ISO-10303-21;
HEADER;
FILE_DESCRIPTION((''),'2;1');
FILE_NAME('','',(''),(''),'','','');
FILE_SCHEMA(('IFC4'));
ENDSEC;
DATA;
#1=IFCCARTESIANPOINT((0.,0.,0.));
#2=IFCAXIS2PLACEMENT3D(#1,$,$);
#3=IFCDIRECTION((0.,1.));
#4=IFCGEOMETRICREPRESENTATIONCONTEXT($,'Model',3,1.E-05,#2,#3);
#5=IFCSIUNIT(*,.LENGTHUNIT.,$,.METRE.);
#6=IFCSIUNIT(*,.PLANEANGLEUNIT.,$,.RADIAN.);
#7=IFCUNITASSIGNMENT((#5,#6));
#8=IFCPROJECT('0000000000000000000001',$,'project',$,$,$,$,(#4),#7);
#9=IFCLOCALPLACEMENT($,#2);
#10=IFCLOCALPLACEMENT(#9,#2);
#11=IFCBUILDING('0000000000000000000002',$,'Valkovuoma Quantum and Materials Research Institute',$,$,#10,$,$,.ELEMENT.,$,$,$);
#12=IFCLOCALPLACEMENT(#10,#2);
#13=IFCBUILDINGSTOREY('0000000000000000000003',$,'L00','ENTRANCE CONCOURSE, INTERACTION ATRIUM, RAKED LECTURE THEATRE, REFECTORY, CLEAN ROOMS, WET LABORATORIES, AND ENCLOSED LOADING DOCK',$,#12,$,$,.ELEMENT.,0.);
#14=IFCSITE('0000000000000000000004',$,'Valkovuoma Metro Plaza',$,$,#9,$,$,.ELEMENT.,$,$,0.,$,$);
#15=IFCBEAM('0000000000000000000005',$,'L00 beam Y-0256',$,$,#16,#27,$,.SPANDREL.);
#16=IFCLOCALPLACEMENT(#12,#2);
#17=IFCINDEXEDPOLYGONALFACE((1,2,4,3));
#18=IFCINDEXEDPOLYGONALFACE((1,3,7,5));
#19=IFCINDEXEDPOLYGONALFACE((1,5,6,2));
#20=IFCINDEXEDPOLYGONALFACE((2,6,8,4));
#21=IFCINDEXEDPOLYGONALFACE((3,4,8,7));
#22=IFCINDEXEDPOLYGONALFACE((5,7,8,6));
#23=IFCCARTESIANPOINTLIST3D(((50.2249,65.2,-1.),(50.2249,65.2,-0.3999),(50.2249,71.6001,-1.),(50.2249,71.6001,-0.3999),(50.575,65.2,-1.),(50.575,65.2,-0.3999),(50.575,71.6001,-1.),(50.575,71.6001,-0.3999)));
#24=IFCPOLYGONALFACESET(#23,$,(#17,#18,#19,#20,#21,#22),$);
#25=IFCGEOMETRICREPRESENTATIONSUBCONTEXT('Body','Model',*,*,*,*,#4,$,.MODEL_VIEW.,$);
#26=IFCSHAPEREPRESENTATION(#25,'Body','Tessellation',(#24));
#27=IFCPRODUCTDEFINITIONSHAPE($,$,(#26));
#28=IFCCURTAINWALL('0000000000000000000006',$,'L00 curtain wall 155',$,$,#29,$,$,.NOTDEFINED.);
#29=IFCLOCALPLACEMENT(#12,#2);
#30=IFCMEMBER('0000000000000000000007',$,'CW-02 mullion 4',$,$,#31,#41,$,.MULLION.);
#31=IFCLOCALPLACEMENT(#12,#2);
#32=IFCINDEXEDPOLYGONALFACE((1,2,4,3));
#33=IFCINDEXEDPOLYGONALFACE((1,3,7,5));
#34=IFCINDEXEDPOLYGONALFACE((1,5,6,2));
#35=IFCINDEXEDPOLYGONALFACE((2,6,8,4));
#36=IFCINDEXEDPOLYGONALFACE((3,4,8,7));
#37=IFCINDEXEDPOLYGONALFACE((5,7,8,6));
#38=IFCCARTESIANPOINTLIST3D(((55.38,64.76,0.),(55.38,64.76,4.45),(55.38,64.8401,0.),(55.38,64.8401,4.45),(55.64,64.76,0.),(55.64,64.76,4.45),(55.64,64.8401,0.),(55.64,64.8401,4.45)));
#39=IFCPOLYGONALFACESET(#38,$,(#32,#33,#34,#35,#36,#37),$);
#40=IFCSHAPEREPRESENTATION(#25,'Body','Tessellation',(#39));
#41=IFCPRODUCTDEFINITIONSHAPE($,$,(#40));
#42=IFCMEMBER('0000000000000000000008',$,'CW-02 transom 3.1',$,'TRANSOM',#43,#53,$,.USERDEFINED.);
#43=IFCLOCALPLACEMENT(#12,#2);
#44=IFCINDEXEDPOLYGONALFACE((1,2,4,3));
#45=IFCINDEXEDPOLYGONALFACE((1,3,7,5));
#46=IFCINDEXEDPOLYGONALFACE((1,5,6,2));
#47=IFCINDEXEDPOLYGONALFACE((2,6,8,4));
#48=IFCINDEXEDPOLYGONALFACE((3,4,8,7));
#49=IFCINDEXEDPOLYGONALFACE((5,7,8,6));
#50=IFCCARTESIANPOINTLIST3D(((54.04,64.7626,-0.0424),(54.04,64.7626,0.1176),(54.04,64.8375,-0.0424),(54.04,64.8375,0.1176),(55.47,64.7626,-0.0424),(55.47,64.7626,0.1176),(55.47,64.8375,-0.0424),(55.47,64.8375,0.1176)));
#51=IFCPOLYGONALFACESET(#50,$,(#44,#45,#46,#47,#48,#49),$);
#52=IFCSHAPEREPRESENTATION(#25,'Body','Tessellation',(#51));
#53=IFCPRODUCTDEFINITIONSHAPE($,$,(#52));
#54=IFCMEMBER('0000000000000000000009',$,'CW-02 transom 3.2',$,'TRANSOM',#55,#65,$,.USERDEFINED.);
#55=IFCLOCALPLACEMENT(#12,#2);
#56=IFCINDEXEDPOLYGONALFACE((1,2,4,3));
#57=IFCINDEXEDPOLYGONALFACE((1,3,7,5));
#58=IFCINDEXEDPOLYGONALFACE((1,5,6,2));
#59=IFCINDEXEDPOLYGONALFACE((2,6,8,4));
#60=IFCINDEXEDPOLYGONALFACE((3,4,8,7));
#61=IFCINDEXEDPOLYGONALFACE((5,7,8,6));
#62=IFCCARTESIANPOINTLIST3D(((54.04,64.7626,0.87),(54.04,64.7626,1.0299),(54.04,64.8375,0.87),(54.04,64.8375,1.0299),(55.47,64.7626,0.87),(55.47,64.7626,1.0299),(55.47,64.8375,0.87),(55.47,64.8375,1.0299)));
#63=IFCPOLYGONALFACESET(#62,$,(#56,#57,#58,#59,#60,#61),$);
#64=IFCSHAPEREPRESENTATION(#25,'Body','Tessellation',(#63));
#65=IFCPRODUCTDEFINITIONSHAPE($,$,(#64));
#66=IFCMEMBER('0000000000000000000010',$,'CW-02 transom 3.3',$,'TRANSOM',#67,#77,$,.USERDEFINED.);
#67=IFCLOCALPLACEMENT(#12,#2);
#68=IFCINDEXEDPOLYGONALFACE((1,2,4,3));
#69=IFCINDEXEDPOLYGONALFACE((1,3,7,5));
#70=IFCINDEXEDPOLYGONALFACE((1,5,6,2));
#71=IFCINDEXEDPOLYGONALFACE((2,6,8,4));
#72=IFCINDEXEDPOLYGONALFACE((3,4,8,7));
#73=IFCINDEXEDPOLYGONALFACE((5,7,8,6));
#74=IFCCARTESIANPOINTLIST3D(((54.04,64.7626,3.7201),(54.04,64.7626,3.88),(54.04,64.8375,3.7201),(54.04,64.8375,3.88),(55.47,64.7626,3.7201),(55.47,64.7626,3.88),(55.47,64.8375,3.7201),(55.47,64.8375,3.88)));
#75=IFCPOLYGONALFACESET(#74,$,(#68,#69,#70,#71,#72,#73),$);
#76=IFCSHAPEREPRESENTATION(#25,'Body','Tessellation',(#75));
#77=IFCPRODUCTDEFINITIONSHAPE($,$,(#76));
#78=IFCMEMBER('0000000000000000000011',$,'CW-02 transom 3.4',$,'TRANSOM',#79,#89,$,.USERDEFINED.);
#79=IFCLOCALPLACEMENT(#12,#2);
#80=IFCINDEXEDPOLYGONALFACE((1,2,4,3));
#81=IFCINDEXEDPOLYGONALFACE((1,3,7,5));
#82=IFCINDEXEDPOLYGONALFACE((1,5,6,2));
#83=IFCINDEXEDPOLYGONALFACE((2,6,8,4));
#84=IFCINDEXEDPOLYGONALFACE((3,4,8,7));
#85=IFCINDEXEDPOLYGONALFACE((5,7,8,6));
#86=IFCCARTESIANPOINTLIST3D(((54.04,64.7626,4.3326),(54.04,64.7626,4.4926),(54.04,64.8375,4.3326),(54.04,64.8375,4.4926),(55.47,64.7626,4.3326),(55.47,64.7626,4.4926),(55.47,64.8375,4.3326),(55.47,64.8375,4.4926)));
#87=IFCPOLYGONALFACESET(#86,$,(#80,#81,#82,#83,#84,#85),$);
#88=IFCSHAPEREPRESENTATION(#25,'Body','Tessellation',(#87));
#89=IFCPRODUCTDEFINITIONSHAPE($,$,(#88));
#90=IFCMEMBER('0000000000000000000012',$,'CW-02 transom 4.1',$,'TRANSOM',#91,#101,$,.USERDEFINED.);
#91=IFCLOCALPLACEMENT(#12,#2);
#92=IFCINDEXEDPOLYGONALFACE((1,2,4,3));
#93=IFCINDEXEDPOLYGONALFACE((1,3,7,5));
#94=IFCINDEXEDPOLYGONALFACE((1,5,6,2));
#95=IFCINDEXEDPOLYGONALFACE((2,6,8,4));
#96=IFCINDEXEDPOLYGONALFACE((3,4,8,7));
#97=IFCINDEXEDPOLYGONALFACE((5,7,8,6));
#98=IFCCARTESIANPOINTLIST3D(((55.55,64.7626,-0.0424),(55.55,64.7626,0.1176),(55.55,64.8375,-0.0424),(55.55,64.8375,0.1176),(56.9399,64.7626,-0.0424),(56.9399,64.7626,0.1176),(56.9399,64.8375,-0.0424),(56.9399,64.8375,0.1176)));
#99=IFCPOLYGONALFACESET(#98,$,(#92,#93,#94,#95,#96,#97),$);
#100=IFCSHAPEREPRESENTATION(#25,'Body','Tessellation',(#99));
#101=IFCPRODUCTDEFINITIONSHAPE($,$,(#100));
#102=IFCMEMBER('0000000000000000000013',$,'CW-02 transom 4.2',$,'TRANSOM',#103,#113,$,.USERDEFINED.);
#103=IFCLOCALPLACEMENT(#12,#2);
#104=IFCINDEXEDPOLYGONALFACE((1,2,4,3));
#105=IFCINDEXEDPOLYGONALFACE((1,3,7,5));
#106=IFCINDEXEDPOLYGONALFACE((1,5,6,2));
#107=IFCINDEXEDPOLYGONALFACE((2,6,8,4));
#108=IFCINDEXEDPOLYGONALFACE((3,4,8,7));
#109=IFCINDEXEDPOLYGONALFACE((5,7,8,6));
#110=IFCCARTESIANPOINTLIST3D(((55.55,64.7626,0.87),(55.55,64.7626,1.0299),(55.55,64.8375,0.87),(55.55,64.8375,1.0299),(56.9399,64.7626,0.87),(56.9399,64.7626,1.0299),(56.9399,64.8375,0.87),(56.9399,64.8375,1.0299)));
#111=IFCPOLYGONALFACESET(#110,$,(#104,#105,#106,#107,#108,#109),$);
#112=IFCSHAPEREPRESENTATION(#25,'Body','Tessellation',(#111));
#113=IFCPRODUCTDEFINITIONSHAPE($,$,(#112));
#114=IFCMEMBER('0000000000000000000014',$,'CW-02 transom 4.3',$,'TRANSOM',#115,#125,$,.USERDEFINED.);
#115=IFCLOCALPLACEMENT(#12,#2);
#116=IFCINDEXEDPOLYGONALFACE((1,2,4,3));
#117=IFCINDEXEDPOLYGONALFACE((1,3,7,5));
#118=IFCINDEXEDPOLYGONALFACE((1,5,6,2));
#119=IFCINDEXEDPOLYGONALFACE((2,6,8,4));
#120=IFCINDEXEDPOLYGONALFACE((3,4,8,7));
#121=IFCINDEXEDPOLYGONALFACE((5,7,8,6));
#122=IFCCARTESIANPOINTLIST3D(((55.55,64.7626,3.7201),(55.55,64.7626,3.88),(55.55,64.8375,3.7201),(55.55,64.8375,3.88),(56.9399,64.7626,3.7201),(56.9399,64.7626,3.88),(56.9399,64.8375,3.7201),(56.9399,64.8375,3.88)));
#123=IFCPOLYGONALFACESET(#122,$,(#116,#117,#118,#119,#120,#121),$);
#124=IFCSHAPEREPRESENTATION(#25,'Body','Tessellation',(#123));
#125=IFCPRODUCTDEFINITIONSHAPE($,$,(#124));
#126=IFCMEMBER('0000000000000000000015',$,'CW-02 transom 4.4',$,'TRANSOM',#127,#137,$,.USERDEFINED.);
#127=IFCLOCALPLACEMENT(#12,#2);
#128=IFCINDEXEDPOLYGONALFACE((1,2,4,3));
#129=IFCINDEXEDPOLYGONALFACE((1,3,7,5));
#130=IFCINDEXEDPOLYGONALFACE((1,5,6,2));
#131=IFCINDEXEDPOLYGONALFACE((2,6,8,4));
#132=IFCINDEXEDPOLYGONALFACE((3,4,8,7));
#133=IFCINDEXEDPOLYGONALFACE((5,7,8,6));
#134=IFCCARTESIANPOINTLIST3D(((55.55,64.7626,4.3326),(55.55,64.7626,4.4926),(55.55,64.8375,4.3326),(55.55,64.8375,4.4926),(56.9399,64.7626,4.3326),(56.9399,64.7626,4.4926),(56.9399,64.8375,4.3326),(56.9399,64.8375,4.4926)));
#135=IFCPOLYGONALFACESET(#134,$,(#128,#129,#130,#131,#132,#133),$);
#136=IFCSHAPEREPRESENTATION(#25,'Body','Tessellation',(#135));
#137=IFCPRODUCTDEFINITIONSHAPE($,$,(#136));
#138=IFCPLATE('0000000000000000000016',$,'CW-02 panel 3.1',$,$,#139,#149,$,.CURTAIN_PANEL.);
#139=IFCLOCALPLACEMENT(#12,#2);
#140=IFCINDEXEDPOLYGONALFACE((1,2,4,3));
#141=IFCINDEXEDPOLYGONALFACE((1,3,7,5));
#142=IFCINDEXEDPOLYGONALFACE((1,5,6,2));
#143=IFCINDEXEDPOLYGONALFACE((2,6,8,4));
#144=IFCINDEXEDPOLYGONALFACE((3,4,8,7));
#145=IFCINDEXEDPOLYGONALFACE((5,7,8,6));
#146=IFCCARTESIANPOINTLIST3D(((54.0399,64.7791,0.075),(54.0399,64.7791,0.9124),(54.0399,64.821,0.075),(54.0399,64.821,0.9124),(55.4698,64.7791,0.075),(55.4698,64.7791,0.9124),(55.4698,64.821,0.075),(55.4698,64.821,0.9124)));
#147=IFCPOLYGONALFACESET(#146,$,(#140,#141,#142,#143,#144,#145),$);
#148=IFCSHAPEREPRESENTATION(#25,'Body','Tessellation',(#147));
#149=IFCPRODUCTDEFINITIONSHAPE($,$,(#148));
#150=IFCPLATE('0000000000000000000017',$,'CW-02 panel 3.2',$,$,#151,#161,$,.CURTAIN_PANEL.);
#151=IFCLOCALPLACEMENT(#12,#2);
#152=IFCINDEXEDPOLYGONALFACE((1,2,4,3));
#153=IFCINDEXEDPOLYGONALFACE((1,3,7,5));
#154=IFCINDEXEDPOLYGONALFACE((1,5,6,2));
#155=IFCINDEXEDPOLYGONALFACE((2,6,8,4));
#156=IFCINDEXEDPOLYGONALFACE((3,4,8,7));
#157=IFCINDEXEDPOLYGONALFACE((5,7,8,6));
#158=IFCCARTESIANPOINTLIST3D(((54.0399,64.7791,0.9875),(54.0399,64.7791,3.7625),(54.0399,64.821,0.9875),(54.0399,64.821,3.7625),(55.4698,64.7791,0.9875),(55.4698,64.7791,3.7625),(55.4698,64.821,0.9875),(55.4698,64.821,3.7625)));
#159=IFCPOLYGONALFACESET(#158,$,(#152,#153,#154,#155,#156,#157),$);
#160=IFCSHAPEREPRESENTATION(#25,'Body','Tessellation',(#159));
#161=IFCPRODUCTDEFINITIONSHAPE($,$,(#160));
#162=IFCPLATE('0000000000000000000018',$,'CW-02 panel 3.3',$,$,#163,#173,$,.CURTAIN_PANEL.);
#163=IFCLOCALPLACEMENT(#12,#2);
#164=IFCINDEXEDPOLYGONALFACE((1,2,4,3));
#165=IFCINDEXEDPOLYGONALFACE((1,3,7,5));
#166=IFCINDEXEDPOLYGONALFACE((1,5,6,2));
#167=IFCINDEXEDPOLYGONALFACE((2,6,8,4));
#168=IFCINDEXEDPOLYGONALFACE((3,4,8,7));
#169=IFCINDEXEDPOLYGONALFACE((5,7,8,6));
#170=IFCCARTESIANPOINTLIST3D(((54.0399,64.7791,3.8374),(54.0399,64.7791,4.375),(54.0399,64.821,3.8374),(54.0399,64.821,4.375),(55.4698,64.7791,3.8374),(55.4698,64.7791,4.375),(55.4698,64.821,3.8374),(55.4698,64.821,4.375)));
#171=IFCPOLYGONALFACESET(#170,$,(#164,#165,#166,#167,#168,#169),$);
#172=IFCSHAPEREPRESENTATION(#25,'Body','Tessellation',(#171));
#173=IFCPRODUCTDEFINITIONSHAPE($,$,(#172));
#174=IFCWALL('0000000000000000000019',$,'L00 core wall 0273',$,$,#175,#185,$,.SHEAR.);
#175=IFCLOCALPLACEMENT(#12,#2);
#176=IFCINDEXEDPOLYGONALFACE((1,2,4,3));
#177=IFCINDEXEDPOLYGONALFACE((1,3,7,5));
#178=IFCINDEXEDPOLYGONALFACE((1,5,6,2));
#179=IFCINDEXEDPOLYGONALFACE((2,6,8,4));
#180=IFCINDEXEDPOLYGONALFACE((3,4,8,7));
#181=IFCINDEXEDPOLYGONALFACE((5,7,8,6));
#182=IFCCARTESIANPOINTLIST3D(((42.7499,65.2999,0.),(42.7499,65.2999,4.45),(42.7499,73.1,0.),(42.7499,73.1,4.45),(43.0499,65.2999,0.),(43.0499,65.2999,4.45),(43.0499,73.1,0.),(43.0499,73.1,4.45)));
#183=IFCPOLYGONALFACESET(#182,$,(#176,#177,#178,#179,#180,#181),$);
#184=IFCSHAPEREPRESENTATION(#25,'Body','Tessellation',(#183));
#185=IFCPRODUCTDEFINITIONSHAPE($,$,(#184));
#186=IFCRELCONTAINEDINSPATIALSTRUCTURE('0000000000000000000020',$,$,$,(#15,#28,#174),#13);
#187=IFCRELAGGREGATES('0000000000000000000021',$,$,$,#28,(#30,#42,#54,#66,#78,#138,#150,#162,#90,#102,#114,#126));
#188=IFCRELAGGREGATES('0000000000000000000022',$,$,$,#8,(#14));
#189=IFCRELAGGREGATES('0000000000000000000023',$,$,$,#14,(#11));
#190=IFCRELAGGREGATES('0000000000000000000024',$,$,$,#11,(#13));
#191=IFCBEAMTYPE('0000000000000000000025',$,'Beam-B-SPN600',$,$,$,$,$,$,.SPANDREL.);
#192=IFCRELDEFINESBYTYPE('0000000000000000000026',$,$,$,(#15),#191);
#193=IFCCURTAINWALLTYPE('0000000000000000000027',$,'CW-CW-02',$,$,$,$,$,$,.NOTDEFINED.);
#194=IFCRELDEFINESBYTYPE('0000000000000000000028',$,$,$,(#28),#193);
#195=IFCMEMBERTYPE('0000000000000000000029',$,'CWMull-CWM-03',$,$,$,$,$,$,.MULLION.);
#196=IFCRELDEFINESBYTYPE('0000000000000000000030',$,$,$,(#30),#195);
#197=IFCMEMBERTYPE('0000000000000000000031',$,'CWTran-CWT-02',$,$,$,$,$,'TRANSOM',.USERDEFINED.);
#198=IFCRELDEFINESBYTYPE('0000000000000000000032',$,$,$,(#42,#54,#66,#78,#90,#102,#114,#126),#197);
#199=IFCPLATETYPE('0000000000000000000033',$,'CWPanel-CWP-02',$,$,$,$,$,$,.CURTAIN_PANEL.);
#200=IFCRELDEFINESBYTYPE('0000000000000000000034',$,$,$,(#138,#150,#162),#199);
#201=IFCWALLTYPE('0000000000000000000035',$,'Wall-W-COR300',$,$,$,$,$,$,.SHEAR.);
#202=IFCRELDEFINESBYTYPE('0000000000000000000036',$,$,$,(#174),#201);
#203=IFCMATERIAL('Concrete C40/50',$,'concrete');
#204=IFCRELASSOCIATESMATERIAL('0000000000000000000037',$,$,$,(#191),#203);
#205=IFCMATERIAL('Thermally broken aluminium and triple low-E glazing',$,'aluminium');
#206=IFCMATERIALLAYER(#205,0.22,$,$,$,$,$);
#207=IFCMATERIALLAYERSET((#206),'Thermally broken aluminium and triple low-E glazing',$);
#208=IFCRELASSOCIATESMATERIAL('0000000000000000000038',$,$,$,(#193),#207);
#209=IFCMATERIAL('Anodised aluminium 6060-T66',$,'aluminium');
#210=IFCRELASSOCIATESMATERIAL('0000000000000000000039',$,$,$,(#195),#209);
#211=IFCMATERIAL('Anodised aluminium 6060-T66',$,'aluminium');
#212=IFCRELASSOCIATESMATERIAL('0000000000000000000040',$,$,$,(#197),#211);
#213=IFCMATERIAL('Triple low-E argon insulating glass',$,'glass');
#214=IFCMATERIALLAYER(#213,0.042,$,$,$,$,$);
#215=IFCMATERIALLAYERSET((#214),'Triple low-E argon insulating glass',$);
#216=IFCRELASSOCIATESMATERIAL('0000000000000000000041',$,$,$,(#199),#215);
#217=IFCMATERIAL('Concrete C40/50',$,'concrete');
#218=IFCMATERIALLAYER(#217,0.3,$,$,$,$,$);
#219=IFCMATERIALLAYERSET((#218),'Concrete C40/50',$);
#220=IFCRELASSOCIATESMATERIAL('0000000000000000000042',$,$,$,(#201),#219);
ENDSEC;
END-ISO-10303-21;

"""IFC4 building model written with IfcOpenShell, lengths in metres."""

from ifc_helpers import new_model, si_unit, direction, frame, frame_2d, origin, origin_2d, place, context, subcontext, project, spatial, rectangle, extrude, material, layer, layer_set, material_profile, profile_set, type_object, element, aggregate, save


model = new_model("IFC4")

# Units and contexts
model_context = context("Model", 3, precision=1e-05, world=origin(), true_north=direction((0.0, 1.0)))
body_context = subcontext(model_context, "Body", "Model", "MODEL_VIEW")
ifc_project = project(units=[si_unit("LENGTHUNIT", "METRE"), si_unit("PLANEANGLEUNIT", "RADIAN")], contexts=[model_context])

# Site, building, storey
site_placement = place(None, origin())
site = spatial("IfcSite", under=ifc_project, at=site_placement, Name="Valkovuoma Metro Plaza", CompositionType="ELEMENT", RefElevation=0.0)
building_placement = place(site_placement, origin())
building = spatial("IfcBuilding", under=site, at=building_placement, Name="Valkovuoma Quantum and Materials Research Institute", CompositionType="ELEMENT")
storey_placement = place(building_placement, origin())
storey = spatial("IfcBuildingStorey", under=building, at=storey_placement, Name="L00", Description="ENTRANCE CONCOURSE, INTERACTION ATRIUM, RAKED LECTURE THEATRE, REFECTORY, CLEAN ROOMS, WET LABORATORIES, AND ENCLOSED LOADING DOCK", CompositionType="ELEMENT", Elevation=0.0)

# Beam
ifc_material_1 = material(Name="Concrete C40/50", Category="concrete")
ifc_material_profile_1 = material_profile(ifc_material_1, rectangle(XDim=0.3501, YDim=0.6001, at=origin_2d()), Name="Concrete C40/50")
ifc_profile_set_1 = profile_set([ifc_material_profile_1], Name="Concrete C40/50")
beam_type = type_object("IfcBeamType", Name="Beam-B-SPN600", PredefinedType="SPANDREL", material=ifc_profile_set_1)
beam_placement = place(storey_placement, frame((50.3999, 65.2, -0.7), z_axis=(0.0, 1.0, 0.0), x_axis=(-1.0, 0.0, 0.0)))
element("IfcBeam", 1, at=beam_placement, inside=storey, type_object=beam_type, Name="L00 beam Y-0256", PredefinedType="SPANDREL", context=body_context, shape_type="SweptSolid", body=[
    extrude(rectangle(XDim=0.3501, YDim=0.6001, at=origin_2d()), origin(), (0.0, 0.0, 1.0), 6.4001),
])

# Curtain wall, members, plates
ifc_material_2 = material(Name="Thermally broken aluminium and triple low-E glazing", Category="aluminium")
ifc_layer_1 = layer(ifc_material_2, 0.22)
ifc_layer_set_1 = layer_set([ifc_layer_1], Name="Thermally broken aluminium and triple low-E glazing")
curtain_wall_type = type_object("IfcCurtainWallType", Name="CW-CW-02", PredefinedType="NOTDEFINED", material=ifc_layer_set_1)
curtain_wall_placement = place(storey_placement, origin())
curtain_wall = element("IfcCurtainWall", 2, at=curtain_wall_placement, inside=storey, type_object=curtain_wall_type, Name="L00 curtain wall 155", PredefinedType="NOTDEFINED")
ifc_material_3 = material(Name="Anodised aluminium 6060-T66", Category="aluminium")
ifc_material_profile_2 = material_profile(ifc_material_3, rectangle(XDim=0.0801, YDim=0.26, at=origin_2d()), Name="Anodised aluminium 6060-T66")
ifc_profile_set_2 = profile_set([ifc_material_profile_2], Name="Anodised aluminium 6060-T66")
member_type_1 = type_object("IfcMemberType", Name="CWMull-CWM-03", PredefinedType="MULLION", material=ifc_profile_set_2)
member_1_placement = place(storey_placement, frame((55.51, 64.8, 0.0), z_axis=(0.0, 0.0, 1.0), x_axis=(0.0, 1.0, 0.0)))
member_1 = element("IfcMember", 3, at=member_1_placement, type_object=member_type_1, Name="CW-02 mullion 4", PredefinedType="MULLION", context=body_context, shape_type="SweptSolid", body=[
    extrude(rectangle(XDim=0.0801, YDim=0.26, at=origin_2d()), origin(), (0.0, 0.0, 1.0), 4.45),
])
ifc_material_4 = material(Name="Anodised aluminium 6060-T66", Category="aluminium")
ifc_material_profile_3 = material_profile(ifc_material_4, rectangle(XDim=0.075, YDim=0.1599, at=origin_2d()), Name="Anodised aluminium 6060-T66")
ifc_profile_set_3 = profile_set([ifc_material_profile_3], Name="Anodised aluminium 6060-T66")
member_type_2 = type_object("IfcMemberType", Name="CWTran-CWT-02", ElementType="TRANSOM", PredefinedType="USERDEFINED", material=ifc_profile_set_3)
member_2_placement = place(storey_placement, frame((54.04, 64.8, 0.0376), z_axis=(1.0, 0.0, 0.0), x_axis=(0.0, 1.0, 0.0)))
member_2 = element("IfcMember", 4, at=member_2_placement, type_object=member_type_2, Name="CW-02 transom 3.1", ObjectType="TRANSOM", PredefinedType="USERDEFINED", context=body_context, shape_type="SweptSolid", body=[
    extrude(rectangle(XDim=0.075, YDim=0.1599, at=origin_2d()), origin(), (0.0, 0.0, 1.0), 1.4299),
])
member_3_placement = place(storey_placement, frame((54.04, 64.8, 0.95), z_axis=(1.0, 0.0, 0.0), x_axis=(0.0, 1.0, 0.0)))
member_3 = element("IfcMember", 5, at=member_3_placement, type_object=member_type_2, Name="CW-02 transom 3.2", ObjectType="TRANSOM", PredefinedType="USERDEFINED", context=body_context, shape_type="SweptSolid", body=[
    extrude(rectangle(XDim=0.075, YDim=0.1599, at=origin_2d()), origin(), (0.0, 0.0, 1.0), 1.4299),
])
member_4_placement = place(storey_placement, frame((54.04, 64.8, 3.8), z_axis=(1.0, 0.0, 0.0), x_axis=(0.0, 1.0, 0.0)))
member_4 = element("IfcMember", 6, at=member_4_placement, type_object=member_type_2, Name="CW-02 transom 3.3", ObjectType="TRANSOM", PredefinedType="USERDEFINED", context=body_context, shape_type="SweptSolid", body=[
    extrude(rectangle(XDim=0.075, YDim=0.1599, at=origin_2d()), origin(), (0.0, 0.0, 1.0), 1.4299),
])
member_5_placement = place(storey_placement, frame((54.04, 64.8, 4.4126), z_axis=(1.0, 0.0, 0.0), x_axis=(0.0, 1.0, 0.0)))
member_5 = element("IfcMember", 7, at=member_5_placement, type_object=member_type_2, Name="CW-02 transom 3.4", ObjectType="TRANSOM", PredefinedType="USERDEFINED", context=body_context, shape_type="SweptSolid", body=[
    extrude(rectangle(XDim=0.075, YDim=0.1599, at=origin_2d()), origin(), (0.0, 0.0, 1.0), 1.4299),
])
member_6_placement = place(storey_placement, frame((55.55, 64.8, 0.0376), z_axis=(1.0, 0.0, 0.0), x_axis=(0.0, 1.0, 0.0)))
member_6 = element("IfcMember", 8, at=member_6_placement, type_object=member_type_2, Name="CW-02 transom 4.1", ObjectType="TRANSOM", PredefinedType="USERDEFINED", context=body_context, shape_type="SweptSolid", body=[
    extrude(rectangle(XDim=0.075, YDim=0.1599, at=origin_2d()), origin(), (0.0, 0.0, 1.0), 1.3899),
])
member_7_placement = place(storey_placement, frame((55.55, 64.8, 0.95), z_axis=(1.0, 0.0, 0.0), x_axis=(0.0, 1.0, 0.0)))
member_7 = element("IfcMember", 9, at=member_7_placement, type_object=member_type_2, Name="CW-02 transom 4.2", ObjectType="TRANSOM", PredefinedType="USERDEFINED", context=body_context, shape_type="SweptSolid", body=[
    extrude(rectangle(XDim=0.075, YDim=0.1599, at=origin_2d()), origin(), (0.0, 0.0, 1.0), 1.3899),
])
member_8_placement = place(storey_placement, frame((55.55, 64.8, 3.8), z_axis=(1.0, 0.0, 0.0), x_axis=(0.0, 1.0, 0.0)))
member_8 = element("IfcMember", 10, at=member_8_placement, type_object=member_type_2, Name="CW-02 transom 4.3", ObjectType="TRANSOM", PredefinedType="USERDEFINED", context=body_context, shape_type="SweptSolid", body=[
    extrude(rectangle(XDim=0.075, YDim=0.1599, at=origin_2d()), origin(), (0.0, 0.0, 1.0), 1.3899),
])
member_9_placement = place(storey_placement, frame((55.55, 64.8, 4.4126), z_axis=(1.0, 0.0, 0.0), x_axis=(0.0, 1.0, 0.0)))
member_9 = element("IfcMember", 11, at=member_9_placement, type_object=member_type_2, Name="CW-02 transom 4.4", ObjectType="TRANSOM", PredefinedType="USERDEFINED", context=body_context, shape_type="SweptSolid", body=[
    extrude(rectangle(XDim=0.075, YDim=0.1599, at=origin_2d()), origin(), (0.0, 0.0, 1.0), 1.3899),
])
ifc_material_5 = material(Name="Triple low-E argon insulating glass", Category="glass")
ifc_layer_2 = layer(ifc_material_5, 0.042)
ifc_layer_set_2 = layer_set([ifc_layer_2], Name="Triple low-E argon insulating glass")
plate_type = type_object("IfcPlateType", Name="CWPanel-CWP-02", PredefinedType="CURTAIN_PANEL", material=ifc_layer_set_2)
plate_1_placement = place(storey_placement, frame((54.7549, 64.8, 0.075), z_axis=(0.0, 0.0, 1.0), x_axis=(1.0, 0.0, 0.0)))
plate_1 = element("IfcPlate", 12, at=plate_1_placement, type_object=plate_type, Name="CW-02 panel 3.1", PredefinedType="CURTAIN_PANEL", context=body_context, shape_type="SweptSolid", body=[
    extrude(rectangle(XDim=1.4299, YDim=0.042, at=origin_2d()), origin(), (0.0, 0.0, 1.0), 0.8374),
])
plate_2_placement = place(storey_placement, frame((54.7549, 64.8, 0.9875), z_axis=(0.0, 0.0, 1.0), x_axis=(1.0, 0.0, 0.0)))
plate_2 = element("IfcPlate", 13, at=plate_2_placement, type_object=plate_type, Name="CW-02 panel 3.2", PredefinedType="CURTAIN_PANEL", context=body_context, shape_type="SweptSolid", body=[
    extrude(rectangle(XDim=1.4299, YDim=0.042, at=origin_2d()), origin(), (0.0, 0.0, 1.0), 2.7749),
])
plate_3_placement = place(storey_placement, frame((54.7549, 64.8, 3.8374), z_axis=(0.0, 0.0, 1.0), x_axis=(1.0, 0.0, 0.0)))
plate_3 = element("IfcPlate", 14, at=plate_3_placement, type_object=plate_type, Name="CW-02 panel 3.3", PredefinedType="CURTAIN_PANEL", context=body_context, shape_type="SweptSolid", body=[
    extrude(rectangle(XDim=1.4299, YDim=0.042, at=origin_2d()), origin(), (0.0, 0.0, 1.0), 0.5376),
])
aggregate(curtain_wall, [member_1, member_2, member_3, member_4, member_5, plate_1, plate_2, plate_3, member_6, member_7, member_8, member_9])

# Wall
ifc_material_6 = material(Name="Concrete C40/50", Category="concrete")
ifc_layer_3 = layer(ifc_material_6, 0.3)
ifc_layer_set_3 = layer_set([ifc_layer_3], Name="Concrete C40/50")
wall_type_1 = type_object("IfcWallType", Name="Wall-W-COR300", PredefinedType="SHEAR", material=ifc_layer_set_3)
wall_1_placement = place(storey_placement, frame((42.8999, 65.3, 0.0), z_axis=(0.0, 0.0, 1.0), x_axis=(0.0, 1.0, 0.0)))
element("IfcWall", 15, at=wall_1_placement, inside=storey, type_object=wall_type_1, Name="L00 core wall 0273", PredefinedType="SHEAR", context=body_context, shape_type="SweptSolid", body=[
    extrude(rectangle(XDim=7.8, YDim=0.3, at=frame_2d((3.8999, 0.0))), origin(), (0.0, 0.0, 1.0), 4.45),
])

save(model, "model.ifc")
